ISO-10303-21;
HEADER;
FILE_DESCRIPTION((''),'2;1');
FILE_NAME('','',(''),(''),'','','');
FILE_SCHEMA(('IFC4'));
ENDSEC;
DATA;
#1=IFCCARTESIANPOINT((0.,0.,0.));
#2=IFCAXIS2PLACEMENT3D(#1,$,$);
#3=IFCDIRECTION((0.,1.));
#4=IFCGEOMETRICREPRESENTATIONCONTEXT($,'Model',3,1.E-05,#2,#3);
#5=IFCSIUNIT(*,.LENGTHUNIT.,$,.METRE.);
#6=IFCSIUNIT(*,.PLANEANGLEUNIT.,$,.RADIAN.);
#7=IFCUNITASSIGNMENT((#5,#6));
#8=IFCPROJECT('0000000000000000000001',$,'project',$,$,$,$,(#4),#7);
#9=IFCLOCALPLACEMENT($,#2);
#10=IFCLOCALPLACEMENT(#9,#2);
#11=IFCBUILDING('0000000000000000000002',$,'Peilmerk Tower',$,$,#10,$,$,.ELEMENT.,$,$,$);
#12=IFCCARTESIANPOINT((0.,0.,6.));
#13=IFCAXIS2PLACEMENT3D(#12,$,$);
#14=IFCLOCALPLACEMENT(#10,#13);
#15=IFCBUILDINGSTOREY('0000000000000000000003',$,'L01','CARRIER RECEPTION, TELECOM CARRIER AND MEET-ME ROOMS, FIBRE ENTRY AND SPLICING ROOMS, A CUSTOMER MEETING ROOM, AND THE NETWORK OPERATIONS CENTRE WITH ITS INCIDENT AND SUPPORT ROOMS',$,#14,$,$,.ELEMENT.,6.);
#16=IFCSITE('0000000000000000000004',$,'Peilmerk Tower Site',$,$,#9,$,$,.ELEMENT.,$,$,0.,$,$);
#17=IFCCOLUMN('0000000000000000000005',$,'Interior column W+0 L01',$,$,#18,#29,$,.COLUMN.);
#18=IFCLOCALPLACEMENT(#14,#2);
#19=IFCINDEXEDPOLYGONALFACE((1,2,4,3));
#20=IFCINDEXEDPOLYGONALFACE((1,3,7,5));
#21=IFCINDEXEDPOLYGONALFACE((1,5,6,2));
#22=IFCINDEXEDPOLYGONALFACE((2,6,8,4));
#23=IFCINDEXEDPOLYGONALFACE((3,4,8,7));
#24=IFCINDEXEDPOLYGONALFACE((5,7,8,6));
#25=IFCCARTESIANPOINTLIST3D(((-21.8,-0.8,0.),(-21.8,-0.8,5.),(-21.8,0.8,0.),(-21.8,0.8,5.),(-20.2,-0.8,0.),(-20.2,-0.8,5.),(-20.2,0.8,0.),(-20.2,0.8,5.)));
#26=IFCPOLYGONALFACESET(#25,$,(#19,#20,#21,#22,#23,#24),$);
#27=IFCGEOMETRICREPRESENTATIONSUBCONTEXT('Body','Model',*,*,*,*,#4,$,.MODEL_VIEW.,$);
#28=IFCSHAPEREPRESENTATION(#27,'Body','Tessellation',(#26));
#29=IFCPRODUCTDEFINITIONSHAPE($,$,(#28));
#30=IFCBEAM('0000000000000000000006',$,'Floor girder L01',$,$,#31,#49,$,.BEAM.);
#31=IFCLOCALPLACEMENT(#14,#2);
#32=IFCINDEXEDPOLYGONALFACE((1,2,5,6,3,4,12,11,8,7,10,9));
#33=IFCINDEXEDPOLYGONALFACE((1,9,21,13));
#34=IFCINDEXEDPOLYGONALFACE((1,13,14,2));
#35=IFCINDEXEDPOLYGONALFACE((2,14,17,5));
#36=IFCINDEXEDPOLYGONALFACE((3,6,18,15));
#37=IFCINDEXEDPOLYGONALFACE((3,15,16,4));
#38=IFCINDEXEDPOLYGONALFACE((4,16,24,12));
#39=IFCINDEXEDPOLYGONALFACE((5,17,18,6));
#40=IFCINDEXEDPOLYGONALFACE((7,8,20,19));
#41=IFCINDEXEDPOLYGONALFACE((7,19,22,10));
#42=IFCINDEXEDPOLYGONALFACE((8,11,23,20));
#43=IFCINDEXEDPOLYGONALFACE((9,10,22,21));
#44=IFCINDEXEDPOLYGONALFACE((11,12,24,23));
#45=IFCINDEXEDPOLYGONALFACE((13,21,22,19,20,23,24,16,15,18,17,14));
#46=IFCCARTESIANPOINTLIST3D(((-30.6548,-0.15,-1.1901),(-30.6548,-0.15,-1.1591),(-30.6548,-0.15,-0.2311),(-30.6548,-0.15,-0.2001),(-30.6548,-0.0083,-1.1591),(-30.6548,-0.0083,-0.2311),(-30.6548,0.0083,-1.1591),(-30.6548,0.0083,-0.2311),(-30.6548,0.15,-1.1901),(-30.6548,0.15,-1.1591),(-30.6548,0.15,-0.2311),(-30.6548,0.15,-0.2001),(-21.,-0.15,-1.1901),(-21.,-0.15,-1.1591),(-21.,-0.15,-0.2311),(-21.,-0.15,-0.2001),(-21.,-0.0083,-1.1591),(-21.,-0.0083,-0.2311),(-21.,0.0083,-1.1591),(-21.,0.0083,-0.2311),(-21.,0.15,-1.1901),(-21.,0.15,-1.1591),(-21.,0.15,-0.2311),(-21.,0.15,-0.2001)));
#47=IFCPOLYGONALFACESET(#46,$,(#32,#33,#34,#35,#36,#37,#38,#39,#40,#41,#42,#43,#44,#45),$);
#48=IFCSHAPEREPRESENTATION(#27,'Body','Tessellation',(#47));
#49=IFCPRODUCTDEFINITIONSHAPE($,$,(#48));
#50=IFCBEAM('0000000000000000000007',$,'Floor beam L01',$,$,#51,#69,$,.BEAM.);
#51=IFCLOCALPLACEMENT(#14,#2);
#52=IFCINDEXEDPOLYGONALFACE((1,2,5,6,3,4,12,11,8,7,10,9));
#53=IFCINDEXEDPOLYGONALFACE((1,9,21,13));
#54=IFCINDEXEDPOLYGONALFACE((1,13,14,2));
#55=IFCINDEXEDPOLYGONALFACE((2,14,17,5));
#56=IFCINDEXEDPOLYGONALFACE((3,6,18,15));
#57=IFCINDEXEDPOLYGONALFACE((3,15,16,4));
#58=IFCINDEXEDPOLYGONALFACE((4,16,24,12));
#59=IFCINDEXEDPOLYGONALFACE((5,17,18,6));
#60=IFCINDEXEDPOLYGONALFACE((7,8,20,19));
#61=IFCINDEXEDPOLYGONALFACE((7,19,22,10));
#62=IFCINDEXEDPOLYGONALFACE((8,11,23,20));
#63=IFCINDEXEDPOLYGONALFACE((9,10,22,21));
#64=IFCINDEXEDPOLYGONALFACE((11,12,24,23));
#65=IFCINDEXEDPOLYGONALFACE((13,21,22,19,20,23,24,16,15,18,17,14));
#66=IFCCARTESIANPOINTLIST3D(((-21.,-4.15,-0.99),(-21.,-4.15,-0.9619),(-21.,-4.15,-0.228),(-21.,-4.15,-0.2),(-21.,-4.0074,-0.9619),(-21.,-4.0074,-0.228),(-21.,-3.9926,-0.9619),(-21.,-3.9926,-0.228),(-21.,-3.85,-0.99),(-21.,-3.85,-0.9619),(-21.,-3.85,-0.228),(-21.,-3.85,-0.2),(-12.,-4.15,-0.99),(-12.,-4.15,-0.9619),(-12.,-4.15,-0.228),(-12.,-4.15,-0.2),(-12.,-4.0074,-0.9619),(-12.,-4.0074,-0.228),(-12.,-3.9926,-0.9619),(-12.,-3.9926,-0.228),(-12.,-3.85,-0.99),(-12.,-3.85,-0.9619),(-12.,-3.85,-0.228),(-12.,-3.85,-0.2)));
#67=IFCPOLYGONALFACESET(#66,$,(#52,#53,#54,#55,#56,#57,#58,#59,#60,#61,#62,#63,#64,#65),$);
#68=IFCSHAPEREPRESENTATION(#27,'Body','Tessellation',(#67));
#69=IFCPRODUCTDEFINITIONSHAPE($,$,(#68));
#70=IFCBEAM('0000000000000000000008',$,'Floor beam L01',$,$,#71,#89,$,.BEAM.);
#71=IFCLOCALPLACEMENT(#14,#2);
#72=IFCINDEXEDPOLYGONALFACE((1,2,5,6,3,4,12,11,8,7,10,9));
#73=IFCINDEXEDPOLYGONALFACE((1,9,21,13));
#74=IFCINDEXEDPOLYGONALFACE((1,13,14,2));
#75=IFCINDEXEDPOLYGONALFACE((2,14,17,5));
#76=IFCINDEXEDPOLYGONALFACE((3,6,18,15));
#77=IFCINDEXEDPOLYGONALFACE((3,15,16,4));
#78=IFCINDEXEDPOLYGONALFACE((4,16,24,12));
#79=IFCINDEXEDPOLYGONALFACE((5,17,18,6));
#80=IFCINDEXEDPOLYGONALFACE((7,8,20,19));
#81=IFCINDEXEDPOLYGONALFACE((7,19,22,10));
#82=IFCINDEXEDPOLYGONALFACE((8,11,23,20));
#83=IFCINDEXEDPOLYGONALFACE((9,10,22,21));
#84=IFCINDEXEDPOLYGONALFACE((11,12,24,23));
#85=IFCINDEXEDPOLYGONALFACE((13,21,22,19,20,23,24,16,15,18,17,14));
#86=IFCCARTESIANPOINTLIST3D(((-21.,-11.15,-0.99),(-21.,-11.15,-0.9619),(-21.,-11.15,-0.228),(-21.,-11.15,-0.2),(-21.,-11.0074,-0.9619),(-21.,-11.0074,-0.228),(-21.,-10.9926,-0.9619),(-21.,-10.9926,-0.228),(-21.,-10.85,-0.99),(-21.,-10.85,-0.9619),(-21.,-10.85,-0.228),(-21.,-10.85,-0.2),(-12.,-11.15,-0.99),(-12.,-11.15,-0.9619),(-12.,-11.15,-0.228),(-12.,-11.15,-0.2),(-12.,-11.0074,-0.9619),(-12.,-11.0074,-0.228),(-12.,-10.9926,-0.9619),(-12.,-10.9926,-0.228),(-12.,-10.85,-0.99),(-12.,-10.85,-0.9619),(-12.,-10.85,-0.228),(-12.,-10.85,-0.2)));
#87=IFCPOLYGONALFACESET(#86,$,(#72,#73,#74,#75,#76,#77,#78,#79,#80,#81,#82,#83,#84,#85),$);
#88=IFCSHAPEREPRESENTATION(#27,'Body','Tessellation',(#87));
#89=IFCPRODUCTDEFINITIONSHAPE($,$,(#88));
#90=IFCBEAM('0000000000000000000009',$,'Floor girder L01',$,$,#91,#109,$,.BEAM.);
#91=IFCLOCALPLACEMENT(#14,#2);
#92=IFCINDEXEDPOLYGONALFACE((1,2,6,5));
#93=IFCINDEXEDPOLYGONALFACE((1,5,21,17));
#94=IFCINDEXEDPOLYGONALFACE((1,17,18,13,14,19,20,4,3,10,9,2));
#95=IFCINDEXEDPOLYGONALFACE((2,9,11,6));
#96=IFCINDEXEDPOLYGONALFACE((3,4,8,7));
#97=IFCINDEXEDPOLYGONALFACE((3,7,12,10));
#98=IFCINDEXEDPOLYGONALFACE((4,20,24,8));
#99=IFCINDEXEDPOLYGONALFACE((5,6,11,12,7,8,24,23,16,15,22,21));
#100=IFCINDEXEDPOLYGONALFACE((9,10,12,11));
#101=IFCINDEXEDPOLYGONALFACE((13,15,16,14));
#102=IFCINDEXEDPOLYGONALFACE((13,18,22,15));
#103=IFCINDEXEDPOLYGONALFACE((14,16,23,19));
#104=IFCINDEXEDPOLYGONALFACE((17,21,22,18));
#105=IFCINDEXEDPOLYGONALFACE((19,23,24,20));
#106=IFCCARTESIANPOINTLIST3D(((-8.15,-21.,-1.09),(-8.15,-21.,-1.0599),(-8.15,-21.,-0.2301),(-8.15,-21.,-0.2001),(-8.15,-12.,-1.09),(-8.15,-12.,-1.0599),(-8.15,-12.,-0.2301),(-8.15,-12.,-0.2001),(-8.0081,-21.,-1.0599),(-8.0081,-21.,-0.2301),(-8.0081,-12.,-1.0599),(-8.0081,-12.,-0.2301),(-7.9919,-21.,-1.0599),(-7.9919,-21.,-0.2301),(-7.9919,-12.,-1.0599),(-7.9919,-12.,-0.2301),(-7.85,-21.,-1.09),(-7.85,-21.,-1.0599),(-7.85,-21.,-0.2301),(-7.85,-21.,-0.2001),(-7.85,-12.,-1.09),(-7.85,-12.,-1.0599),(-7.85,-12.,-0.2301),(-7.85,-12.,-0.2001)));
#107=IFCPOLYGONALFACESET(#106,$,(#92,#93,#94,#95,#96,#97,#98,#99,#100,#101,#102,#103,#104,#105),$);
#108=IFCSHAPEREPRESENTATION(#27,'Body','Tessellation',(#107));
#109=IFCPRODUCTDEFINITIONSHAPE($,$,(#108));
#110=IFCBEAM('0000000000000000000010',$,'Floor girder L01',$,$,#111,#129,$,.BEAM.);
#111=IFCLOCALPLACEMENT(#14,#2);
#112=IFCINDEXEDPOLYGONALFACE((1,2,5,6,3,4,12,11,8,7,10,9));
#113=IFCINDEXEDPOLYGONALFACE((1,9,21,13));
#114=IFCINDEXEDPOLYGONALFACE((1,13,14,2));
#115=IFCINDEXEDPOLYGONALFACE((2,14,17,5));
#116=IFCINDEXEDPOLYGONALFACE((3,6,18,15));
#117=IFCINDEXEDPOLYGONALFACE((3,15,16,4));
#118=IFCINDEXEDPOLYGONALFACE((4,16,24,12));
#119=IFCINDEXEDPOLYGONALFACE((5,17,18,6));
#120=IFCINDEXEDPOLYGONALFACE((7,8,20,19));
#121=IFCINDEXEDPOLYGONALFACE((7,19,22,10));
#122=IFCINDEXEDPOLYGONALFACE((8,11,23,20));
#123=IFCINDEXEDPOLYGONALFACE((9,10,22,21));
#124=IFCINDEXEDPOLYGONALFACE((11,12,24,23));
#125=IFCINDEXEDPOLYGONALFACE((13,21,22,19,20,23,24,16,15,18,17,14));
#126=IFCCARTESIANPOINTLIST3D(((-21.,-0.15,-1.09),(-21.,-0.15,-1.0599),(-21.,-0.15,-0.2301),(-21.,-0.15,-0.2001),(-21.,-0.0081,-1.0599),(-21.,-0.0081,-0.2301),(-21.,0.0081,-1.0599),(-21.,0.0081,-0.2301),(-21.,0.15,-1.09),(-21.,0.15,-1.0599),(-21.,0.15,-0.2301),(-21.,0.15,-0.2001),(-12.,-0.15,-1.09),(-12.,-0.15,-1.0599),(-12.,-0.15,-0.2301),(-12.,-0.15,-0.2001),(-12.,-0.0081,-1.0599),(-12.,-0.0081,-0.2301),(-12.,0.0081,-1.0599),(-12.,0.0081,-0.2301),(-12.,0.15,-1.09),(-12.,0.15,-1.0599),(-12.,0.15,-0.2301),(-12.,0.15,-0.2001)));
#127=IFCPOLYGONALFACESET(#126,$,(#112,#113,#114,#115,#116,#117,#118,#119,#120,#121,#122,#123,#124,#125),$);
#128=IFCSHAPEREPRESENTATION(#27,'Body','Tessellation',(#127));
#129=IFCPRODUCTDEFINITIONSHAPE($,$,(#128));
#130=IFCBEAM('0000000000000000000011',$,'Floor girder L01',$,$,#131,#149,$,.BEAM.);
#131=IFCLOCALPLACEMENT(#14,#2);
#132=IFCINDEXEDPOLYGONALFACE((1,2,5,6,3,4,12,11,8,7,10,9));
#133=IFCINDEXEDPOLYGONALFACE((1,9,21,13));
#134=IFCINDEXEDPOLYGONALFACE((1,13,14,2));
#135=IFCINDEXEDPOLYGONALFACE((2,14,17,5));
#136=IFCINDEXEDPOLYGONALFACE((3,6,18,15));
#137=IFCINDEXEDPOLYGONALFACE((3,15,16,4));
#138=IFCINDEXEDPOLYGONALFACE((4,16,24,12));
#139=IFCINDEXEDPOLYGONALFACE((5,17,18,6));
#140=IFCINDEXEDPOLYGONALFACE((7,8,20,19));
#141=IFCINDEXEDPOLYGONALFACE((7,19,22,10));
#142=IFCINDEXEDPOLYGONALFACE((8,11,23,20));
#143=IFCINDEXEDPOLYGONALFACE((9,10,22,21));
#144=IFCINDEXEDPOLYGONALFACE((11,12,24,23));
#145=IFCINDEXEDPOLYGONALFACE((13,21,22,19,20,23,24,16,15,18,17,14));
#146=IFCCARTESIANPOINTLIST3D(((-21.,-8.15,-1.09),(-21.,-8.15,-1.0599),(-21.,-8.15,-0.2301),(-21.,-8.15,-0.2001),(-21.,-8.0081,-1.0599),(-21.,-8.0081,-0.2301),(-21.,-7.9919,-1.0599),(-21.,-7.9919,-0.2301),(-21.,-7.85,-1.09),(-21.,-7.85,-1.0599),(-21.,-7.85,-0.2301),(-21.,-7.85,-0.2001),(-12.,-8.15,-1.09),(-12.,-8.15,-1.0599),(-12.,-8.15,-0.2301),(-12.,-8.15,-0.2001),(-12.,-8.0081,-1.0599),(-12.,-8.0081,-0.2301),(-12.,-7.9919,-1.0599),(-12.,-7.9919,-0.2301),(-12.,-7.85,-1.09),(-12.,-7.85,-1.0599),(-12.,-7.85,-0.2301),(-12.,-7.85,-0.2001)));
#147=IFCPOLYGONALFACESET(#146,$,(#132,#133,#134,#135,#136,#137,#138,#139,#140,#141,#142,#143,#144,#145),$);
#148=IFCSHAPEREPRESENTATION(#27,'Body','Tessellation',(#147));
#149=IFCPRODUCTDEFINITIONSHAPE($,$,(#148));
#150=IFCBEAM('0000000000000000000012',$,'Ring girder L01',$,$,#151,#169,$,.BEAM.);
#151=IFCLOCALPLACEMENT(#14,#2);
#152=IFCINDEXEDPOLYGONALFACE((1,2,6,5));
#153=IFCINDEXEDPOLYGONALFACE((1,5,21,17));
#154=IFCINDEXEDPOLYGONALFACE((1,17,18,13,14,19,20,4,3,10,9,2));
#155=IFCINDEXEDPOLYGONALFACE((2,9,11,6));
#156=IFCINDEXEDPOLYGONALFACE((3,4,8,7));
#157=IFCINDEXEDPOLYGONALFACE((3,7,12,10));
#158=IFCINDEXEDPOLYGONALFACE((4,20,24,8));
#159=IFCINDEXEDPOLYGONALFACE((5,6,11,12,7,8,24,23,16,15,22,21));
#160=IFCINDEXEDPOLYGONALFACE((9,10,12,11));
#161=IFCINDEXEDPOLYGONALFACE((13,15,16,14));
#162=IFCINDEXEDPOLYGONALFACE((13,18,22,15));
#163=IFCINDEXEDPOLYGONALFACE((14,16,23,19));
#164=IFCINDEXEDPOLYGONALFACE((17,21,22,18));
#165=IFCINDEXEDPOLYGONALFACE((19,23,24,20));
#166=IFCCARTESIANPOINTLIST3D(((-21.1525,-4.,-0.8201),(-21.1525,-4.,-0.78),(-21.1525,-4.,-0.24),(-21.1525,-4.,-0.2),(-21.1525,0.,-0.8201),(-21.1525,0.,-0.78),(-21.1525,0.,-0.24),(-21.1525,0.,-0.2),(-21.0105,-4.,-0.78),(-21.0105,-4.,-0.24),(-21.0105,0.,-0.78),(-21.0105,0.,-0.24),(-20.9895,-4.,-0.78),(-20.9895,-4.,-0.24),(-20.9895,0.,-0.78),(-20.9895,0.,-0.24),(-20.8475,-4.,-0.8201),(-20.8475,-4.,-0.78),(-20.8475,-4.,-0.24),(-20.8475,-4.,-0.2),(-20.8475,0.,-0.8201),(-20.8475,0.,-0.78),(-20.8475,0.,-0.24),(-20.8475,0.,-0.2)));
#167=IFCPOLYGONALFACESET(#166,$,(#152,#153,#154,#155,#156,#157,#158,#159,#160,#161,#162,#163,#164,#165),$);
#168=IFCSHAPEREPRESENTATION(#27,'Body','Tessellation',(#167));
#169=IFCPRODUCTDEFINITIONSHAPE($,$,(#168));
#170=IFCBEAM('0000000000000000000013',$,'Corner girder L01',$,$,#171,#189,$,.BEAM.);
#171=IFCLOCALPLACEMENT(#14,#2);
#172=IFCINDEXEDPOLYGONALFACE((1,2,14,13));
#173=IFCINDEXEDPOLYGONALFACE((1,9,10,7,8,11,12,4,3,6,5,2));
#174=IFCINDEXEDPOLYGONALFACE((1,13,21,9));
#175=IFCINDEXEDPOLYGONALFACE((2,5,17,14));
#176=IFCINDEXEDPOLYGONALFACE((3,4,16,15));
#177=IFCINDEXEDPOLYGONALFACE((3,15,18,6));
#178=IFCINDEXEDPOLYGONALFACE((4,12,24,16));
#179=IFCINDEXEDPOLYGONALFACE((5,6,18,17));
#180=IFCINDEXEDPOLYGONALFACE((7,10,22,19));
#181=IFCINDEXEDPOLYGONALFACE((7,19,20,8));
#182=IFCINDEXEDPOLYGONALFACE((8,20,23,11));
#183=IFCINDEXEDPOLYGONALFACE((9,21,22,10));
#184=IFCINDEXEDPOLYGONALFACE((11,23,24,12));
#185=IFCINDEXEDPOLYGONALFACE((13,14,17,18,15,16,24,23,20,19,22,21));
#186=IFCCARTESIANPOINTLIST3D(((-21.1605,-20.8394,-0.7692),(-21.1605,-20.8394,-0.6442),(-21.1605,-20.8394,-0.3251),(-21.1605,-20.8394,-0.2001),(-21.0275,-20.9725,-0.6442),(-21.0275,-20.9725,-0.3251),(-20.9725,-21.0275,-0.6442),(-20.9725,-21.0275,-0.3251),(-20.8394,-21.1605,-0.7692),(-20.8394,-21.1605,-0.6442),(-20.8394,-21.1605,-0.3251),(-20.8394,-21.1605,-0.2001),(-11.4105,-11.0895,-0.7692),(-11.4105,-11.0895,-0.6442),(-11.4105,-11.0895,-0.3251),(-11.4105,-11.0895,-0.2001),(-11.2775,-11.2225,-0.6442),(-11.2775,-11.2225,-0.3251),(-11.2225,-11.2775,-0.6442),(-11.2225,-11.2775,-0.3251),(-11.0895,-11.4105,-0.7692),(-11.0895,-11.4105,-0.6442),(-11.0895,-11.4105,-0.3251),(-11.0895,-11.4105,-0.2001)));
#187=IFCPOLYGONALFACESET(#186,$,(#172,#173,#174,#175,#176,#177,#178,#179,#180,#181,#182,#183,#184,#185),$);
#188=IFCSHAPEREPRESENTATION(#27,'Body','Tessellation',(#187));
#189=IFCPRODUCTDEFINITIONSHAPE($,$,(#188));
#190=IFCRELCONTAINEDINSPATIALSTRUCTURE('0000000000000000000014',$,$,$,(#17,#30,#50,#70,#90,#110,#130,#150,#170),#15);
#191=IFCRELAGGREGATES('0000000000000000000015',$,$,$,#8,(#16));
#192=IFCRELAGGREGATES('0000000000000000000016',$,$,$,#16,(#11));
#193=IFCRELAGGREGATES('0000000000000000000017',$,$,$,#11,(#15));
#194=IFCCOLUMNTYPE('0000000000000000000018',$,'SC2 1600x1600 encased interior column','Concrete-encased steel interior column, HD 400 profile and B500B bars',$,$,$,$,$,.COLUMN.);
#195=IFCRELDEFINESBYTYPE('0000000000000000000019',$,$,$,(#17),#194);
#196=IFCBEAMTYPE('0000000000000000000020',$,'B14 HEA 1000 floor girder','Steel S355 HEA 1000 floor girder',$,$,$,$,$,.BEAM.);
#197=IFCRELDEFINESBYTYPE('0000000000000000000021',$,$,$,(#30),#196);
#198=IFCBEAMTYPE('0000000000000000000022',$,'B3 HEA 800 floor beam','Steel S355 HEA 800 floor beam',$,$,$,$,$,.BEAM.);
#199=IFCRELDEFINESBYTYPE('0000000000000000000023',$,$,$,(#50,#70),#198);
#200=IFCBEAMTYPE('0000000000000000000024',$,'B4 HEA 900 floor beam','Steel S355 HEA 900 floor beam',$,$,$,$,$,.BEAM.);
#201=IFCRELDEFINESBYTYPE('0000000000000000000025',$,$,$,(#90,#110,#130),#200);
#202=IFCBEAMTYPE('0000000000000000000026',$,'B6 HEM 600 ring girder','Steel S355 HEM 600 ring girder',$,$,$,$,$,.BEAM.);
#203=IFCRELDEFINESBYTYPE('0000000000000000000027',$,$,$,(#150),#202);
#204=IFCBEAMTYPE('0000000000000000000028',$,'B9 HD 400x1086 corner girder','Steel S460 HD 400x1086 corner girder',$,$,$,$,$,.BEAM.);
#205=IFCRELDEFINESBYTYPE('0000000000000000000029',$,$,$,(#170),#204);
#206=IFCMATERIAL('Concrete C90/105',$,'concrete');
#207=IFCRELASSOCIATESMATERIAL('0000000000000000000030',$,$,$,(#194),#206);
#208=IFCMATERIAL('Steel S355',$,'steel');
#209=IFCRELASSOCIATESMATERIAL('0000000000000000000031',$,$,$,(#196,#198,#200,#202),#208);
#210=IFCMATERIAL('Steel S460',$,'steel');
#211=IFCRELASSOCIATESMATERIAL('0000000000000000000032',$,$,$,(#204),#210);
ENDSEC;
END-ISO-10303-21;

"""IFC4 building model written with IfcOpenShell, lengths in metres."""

from ifc_helpers import new_model, si_unit, direction, frame, origin, origin_2d, place, context, subcontext, project, spatial, rectangle, i_section, extrude, material, material_profile, profile_set, type_object, element, save


model = new_model("IFC4")

# Units and contexts
model_context = context("Model", 3, precision=1e-05, world=origin(), true_north=direction((0.0, 1.0)))
body_context = subcontext(model_context, "Body", "Model", "MODEL_VIEW")
ifc_project = project(units=[si_unit("LENGTHUNIT", "METRE"), si_unit("PLANEANGLEUNIT", "RADIAN")], contexts=[model_context])

# Site, building, storey
site_placement = place(None, origin())
site = spatial("IfcSite", under=ifc_project, at=site_placement, Name="Peilmerk Tower Site", CompositionType="ELEMENT", RefElevation=0.0)
building_placement = place(site_placement, origin())
building = spatial("IfcBuilding", under=site, at=building_placement, Name="Peilmerk Tower", CompositionType="ELEMENT")
storey_placement = place(building_placement, frame((0.0, 0.0, 6.0)))
storey = spatial("IfcBuildingStorey", under=building, at=storey_placement, Name="L01", Description="CARRIER RECEPTION, TELECOM CARRIER AND MEET-ME ROOMS, FIBRE ENTRY AND SPLICING ROOMS, A CUSTOMER MEETING ROOM, AND THE NETWORK OPERATIONS CENTRE WITH ITS INCIDENT AND SUPPORT ROOMS", CompositionType="ELEMENT", Elevation=6.0)

# Column
ifc_material_1 = material(Name="Concrete C90/105", Category="concrete")
ifc_material_profile_1 = material_profile(ifc_material_1, rectangle(XDim=1.6001, YDim=1.6001, at=origin_2d()), Name="RC 1600x1600")
ifc_profile_set_1 = profile_set([ifc_material_profile_1], Name="Concrete C90/105")
column_type = type_object("IfcColumnType", Name="SC2 1600x1600 encased interior column", Description="Concrete-encased steel interior column, HD 400 profile and B500B bars", PredefinedType="COLUMN", material=ifc_profile_set_1)
column_placement = place(storey_placement, frame((-21.0, 0.0, 0.0), z_axis=(0.0, 0.0, 1.0), x_axis=(1.0, 0.0, 0.0)))
element("IfcColumn", 1, at=column_placement, inside=storey, type_object=column_type, Name="Interior column W+0 L01", PredefinedType="COLUMN", context=body_context, shape_type="SweptSolid", body=[
    extrude(rectangle(XDim=1.6001, YDim=1.6001, at=origin_2d()), origin(), (0.0, 0.0, 1.0), 5.0),
])

# Beams
ifc_material_2 = material(Name="Steel S355", Category="steel")
ifc_material_profile_2 = material_profile(ifc_material_2, i_section(OverallWidth=0.3, OverallDepth=0.99, WebThickness=0.0166, FlangeThickness=0.031, at=origin_2d()), Name="HEA 1000")
ifc_profile_set_2 = profile_set([ifc_material_profile_2], Name="Steel S355")
beam_type_1 = type_object("IfcBeamType", Name="B14 HEA 1000 floor girder", Description="Steel S355 HEA 1000 floor girder", PredefinedType="BEAM", material=ifc_profile_set_2)
beam_1_placement = place(storey_placement, frame((-21.0, 0.0, -0.6951), z_axis=(-1.0, 0.0, 0.0), x_axis=(0.0, -1.0, 0.0)))
element("IfcBeam", 2, at=beam_1_placement, inside=storey, type_object=beam_type_1, Name="Floor girder L01", PredefinedType="BEAM", context=body_context, shape_type="SweptSolid", body=[
    extrude(i_section(OverallWidth=0.3, OverallDepth=0.99, WebThickness=0.0166, FlangeThickness=0.031, at=origin_2d()), origin(), (0.0, 0.0, 1.0), 9.6548),
])
ifc_material_profile_3 = material_profile(ifc_material_2, i_section(OverallWidth=0.3, OverallDepth=0.79, WebThickness=0.0149, FlangeThickness=0.0281, at=origin_2d()), Name="HEA 800")
ifc_profile_set_3 = profile_set([ifc_material_profile_3], Name="Steel S355")
beam_type_2 = type_object("IfcBeamType", Name="B3 HEA 800 floor beam", Description="Steel S355 HEA 800 floor beam", PredefinedType="BEAM", material=ifc_profile_set_3)
for number, where, z_axis, x_axis, name in (
    (3, (-12.0, -4.0, -0.595), (-1.0, 0.0, 0.0), (0.0, -1.0, 0.0), "Floor beam L01"),
    (4, (-12.0, -11.0, -0.595), (-1.0, 0.0, 0.0), (0.0, -1.0, 0.0), "Floor beam L01"),
):
    element("IfcBeam", number, at=place(storey_placement, frame(where, z_axis=z_axis, x_axis=x_axis)), inside=storey, type_object=beam_type_2, Name=name, PredefinedType="BEAM", context=body_context, shape_type="SweptSolid", body=[
        extrude(i_section(OverallWidth=0.3, OverallDepth=0.79, WebThickness=0.0149, FlangeThickness=0.0281, at=origin_2d()), origin(), (0.0, 0.0, 1.0), 9.0),
    ])
ifc_material_profile_4 = material_profile(ifc_material_2, i_section(OverallWidth=0.3, OverallDepth=0.8899, WebThickness=0.0161, FlangeThickness=0.03, at=origin_2d()), Name="HEA 900")
ifc_profile_set_4 = profile_set([ifc_material_profile_4], Name="Steel S355")
beam_type_3 = type_object("IfcBeamType", Name="B4 HEA 900 floor beam", Description="Steel S355 HEA 900 floor beam", PredefinedType="BEAM", material=ifc_profile_set_4)
for number, where, z_axis, x_axis, name in (
    (5, (-8.0, -12.0, -0.645), (0.0, -1.0, 0.0), (1.0, 0.0, 0.0), "Floor girder L01"),
    (6, (-12.0, 0.0, -0.645), (-1.0, 0.0, 0.0), (0.0, -1.0, 0.0), "Floor girder L01"),
    (7, (-12.0, -8.0, -0.645), (-1.0, 0.0, 0.0), (0.0, -1.0, 0.0), "Floor girder L01"),
):
    element("IfcBeam", number, at=place(storey_placement, frame(where, z_axis=z_axis, x_axis=x_axis)), inside=storey, type_object=beam_type_3, Name=name, PredefinedType="BEAM", context=body_context, shape_type="SweptSolid", body=[
        extrude(i_section(OverallWidth=0.3, OverallDepth=0.8899, WebThickness=0.0161, FlangeThickness=0.03, at=origin_2d()), origin(), (0.0, 0.0, 1.0), 9.0),
    ])
ifc_material_profile_5 = material_profile(ifc_material_2, i_section(OverallWidth=0.3049, OverallDepth=0.6201, WebThickness=0.021, FlangeThickness=0.04, at=origin_2d()), Name="HEM 600")
ifc_profile_set_5 = profile_set([ifc_material_profile_5], Name="Steel S355")
beam_type_4 = type_object("IfcBeamType", Name="B6 HEM 600 ring girder", Description="Steel S355 HEM 600 ring girder", PredefinedType="BEAM", material=ifc_profile_set_5)
beam_2_placement = place(storey_placement, frame((-21.0, 0.0, -0.51), z_axis=(0.0, -1.0, 0.0), x_axis=(1.0, 0.0, 0.0)))
element("IfcBeam", 8, at=beam_2_placement, inside=storey, type_object=beam_type_4, Name="Ring girder L01", PredefinedType="BEAM", context=body_context, shape_type="SweptSolid", body=[
    extrude(i_section(OverallWidth=0.3049, OverallDepth=0.6201, WebThickness=0.021, FlangeThickness=0.04, at=origin_2d()), origin(), (0.0, 0.0, 1.0), 4.0),
])
ifc_material_3 = material(Name="Steel S460", Category="steel")
ifc_material_profile_6 = material_profile(ifc_material_3, i_section(OverallWidth=0.4541, OverallDepth=0.5691, WebThickness=0.0779, FlangeThickness=0.125, at=origin_2d()), Name="HD 400x1086")
ifc_profile_set_6 = profile_set([ifc_material_profile_6], Name="Steel S460")
beam_type_5 = type_object("IfcBeamType", Name="B9 HD 400x1086 corner girder", Description="Steel S460 HD 400x1086 corner girder", PredefinedType="BEAM", material=ifc_profile_set_6)
beam_3_placement = place(storey_placement, frame((-11.25, -11.25, -0.4846), z_axis=(-0.707107, -0.707107, 0.0), x_axis=(0.707107, -0.707107, 0.0)))
element("IfcBeam", 9, at=beam_3_placement, inside=storey, type_object=beam_type_5, Name="Corner girder L01", PredefinedType="BEAM", context=body_context, shape_type="SweptSolid", body=[
    extrude(i_section(OverallWidth=0.4541, OverallDepth=0.5691, WebThickness=0.0779, FlangeThickness=0.125, at=origin_2d()), origin(), (0.0, 0.0, 1.0), 13.7886),
])

save(model, "model.ifc")
